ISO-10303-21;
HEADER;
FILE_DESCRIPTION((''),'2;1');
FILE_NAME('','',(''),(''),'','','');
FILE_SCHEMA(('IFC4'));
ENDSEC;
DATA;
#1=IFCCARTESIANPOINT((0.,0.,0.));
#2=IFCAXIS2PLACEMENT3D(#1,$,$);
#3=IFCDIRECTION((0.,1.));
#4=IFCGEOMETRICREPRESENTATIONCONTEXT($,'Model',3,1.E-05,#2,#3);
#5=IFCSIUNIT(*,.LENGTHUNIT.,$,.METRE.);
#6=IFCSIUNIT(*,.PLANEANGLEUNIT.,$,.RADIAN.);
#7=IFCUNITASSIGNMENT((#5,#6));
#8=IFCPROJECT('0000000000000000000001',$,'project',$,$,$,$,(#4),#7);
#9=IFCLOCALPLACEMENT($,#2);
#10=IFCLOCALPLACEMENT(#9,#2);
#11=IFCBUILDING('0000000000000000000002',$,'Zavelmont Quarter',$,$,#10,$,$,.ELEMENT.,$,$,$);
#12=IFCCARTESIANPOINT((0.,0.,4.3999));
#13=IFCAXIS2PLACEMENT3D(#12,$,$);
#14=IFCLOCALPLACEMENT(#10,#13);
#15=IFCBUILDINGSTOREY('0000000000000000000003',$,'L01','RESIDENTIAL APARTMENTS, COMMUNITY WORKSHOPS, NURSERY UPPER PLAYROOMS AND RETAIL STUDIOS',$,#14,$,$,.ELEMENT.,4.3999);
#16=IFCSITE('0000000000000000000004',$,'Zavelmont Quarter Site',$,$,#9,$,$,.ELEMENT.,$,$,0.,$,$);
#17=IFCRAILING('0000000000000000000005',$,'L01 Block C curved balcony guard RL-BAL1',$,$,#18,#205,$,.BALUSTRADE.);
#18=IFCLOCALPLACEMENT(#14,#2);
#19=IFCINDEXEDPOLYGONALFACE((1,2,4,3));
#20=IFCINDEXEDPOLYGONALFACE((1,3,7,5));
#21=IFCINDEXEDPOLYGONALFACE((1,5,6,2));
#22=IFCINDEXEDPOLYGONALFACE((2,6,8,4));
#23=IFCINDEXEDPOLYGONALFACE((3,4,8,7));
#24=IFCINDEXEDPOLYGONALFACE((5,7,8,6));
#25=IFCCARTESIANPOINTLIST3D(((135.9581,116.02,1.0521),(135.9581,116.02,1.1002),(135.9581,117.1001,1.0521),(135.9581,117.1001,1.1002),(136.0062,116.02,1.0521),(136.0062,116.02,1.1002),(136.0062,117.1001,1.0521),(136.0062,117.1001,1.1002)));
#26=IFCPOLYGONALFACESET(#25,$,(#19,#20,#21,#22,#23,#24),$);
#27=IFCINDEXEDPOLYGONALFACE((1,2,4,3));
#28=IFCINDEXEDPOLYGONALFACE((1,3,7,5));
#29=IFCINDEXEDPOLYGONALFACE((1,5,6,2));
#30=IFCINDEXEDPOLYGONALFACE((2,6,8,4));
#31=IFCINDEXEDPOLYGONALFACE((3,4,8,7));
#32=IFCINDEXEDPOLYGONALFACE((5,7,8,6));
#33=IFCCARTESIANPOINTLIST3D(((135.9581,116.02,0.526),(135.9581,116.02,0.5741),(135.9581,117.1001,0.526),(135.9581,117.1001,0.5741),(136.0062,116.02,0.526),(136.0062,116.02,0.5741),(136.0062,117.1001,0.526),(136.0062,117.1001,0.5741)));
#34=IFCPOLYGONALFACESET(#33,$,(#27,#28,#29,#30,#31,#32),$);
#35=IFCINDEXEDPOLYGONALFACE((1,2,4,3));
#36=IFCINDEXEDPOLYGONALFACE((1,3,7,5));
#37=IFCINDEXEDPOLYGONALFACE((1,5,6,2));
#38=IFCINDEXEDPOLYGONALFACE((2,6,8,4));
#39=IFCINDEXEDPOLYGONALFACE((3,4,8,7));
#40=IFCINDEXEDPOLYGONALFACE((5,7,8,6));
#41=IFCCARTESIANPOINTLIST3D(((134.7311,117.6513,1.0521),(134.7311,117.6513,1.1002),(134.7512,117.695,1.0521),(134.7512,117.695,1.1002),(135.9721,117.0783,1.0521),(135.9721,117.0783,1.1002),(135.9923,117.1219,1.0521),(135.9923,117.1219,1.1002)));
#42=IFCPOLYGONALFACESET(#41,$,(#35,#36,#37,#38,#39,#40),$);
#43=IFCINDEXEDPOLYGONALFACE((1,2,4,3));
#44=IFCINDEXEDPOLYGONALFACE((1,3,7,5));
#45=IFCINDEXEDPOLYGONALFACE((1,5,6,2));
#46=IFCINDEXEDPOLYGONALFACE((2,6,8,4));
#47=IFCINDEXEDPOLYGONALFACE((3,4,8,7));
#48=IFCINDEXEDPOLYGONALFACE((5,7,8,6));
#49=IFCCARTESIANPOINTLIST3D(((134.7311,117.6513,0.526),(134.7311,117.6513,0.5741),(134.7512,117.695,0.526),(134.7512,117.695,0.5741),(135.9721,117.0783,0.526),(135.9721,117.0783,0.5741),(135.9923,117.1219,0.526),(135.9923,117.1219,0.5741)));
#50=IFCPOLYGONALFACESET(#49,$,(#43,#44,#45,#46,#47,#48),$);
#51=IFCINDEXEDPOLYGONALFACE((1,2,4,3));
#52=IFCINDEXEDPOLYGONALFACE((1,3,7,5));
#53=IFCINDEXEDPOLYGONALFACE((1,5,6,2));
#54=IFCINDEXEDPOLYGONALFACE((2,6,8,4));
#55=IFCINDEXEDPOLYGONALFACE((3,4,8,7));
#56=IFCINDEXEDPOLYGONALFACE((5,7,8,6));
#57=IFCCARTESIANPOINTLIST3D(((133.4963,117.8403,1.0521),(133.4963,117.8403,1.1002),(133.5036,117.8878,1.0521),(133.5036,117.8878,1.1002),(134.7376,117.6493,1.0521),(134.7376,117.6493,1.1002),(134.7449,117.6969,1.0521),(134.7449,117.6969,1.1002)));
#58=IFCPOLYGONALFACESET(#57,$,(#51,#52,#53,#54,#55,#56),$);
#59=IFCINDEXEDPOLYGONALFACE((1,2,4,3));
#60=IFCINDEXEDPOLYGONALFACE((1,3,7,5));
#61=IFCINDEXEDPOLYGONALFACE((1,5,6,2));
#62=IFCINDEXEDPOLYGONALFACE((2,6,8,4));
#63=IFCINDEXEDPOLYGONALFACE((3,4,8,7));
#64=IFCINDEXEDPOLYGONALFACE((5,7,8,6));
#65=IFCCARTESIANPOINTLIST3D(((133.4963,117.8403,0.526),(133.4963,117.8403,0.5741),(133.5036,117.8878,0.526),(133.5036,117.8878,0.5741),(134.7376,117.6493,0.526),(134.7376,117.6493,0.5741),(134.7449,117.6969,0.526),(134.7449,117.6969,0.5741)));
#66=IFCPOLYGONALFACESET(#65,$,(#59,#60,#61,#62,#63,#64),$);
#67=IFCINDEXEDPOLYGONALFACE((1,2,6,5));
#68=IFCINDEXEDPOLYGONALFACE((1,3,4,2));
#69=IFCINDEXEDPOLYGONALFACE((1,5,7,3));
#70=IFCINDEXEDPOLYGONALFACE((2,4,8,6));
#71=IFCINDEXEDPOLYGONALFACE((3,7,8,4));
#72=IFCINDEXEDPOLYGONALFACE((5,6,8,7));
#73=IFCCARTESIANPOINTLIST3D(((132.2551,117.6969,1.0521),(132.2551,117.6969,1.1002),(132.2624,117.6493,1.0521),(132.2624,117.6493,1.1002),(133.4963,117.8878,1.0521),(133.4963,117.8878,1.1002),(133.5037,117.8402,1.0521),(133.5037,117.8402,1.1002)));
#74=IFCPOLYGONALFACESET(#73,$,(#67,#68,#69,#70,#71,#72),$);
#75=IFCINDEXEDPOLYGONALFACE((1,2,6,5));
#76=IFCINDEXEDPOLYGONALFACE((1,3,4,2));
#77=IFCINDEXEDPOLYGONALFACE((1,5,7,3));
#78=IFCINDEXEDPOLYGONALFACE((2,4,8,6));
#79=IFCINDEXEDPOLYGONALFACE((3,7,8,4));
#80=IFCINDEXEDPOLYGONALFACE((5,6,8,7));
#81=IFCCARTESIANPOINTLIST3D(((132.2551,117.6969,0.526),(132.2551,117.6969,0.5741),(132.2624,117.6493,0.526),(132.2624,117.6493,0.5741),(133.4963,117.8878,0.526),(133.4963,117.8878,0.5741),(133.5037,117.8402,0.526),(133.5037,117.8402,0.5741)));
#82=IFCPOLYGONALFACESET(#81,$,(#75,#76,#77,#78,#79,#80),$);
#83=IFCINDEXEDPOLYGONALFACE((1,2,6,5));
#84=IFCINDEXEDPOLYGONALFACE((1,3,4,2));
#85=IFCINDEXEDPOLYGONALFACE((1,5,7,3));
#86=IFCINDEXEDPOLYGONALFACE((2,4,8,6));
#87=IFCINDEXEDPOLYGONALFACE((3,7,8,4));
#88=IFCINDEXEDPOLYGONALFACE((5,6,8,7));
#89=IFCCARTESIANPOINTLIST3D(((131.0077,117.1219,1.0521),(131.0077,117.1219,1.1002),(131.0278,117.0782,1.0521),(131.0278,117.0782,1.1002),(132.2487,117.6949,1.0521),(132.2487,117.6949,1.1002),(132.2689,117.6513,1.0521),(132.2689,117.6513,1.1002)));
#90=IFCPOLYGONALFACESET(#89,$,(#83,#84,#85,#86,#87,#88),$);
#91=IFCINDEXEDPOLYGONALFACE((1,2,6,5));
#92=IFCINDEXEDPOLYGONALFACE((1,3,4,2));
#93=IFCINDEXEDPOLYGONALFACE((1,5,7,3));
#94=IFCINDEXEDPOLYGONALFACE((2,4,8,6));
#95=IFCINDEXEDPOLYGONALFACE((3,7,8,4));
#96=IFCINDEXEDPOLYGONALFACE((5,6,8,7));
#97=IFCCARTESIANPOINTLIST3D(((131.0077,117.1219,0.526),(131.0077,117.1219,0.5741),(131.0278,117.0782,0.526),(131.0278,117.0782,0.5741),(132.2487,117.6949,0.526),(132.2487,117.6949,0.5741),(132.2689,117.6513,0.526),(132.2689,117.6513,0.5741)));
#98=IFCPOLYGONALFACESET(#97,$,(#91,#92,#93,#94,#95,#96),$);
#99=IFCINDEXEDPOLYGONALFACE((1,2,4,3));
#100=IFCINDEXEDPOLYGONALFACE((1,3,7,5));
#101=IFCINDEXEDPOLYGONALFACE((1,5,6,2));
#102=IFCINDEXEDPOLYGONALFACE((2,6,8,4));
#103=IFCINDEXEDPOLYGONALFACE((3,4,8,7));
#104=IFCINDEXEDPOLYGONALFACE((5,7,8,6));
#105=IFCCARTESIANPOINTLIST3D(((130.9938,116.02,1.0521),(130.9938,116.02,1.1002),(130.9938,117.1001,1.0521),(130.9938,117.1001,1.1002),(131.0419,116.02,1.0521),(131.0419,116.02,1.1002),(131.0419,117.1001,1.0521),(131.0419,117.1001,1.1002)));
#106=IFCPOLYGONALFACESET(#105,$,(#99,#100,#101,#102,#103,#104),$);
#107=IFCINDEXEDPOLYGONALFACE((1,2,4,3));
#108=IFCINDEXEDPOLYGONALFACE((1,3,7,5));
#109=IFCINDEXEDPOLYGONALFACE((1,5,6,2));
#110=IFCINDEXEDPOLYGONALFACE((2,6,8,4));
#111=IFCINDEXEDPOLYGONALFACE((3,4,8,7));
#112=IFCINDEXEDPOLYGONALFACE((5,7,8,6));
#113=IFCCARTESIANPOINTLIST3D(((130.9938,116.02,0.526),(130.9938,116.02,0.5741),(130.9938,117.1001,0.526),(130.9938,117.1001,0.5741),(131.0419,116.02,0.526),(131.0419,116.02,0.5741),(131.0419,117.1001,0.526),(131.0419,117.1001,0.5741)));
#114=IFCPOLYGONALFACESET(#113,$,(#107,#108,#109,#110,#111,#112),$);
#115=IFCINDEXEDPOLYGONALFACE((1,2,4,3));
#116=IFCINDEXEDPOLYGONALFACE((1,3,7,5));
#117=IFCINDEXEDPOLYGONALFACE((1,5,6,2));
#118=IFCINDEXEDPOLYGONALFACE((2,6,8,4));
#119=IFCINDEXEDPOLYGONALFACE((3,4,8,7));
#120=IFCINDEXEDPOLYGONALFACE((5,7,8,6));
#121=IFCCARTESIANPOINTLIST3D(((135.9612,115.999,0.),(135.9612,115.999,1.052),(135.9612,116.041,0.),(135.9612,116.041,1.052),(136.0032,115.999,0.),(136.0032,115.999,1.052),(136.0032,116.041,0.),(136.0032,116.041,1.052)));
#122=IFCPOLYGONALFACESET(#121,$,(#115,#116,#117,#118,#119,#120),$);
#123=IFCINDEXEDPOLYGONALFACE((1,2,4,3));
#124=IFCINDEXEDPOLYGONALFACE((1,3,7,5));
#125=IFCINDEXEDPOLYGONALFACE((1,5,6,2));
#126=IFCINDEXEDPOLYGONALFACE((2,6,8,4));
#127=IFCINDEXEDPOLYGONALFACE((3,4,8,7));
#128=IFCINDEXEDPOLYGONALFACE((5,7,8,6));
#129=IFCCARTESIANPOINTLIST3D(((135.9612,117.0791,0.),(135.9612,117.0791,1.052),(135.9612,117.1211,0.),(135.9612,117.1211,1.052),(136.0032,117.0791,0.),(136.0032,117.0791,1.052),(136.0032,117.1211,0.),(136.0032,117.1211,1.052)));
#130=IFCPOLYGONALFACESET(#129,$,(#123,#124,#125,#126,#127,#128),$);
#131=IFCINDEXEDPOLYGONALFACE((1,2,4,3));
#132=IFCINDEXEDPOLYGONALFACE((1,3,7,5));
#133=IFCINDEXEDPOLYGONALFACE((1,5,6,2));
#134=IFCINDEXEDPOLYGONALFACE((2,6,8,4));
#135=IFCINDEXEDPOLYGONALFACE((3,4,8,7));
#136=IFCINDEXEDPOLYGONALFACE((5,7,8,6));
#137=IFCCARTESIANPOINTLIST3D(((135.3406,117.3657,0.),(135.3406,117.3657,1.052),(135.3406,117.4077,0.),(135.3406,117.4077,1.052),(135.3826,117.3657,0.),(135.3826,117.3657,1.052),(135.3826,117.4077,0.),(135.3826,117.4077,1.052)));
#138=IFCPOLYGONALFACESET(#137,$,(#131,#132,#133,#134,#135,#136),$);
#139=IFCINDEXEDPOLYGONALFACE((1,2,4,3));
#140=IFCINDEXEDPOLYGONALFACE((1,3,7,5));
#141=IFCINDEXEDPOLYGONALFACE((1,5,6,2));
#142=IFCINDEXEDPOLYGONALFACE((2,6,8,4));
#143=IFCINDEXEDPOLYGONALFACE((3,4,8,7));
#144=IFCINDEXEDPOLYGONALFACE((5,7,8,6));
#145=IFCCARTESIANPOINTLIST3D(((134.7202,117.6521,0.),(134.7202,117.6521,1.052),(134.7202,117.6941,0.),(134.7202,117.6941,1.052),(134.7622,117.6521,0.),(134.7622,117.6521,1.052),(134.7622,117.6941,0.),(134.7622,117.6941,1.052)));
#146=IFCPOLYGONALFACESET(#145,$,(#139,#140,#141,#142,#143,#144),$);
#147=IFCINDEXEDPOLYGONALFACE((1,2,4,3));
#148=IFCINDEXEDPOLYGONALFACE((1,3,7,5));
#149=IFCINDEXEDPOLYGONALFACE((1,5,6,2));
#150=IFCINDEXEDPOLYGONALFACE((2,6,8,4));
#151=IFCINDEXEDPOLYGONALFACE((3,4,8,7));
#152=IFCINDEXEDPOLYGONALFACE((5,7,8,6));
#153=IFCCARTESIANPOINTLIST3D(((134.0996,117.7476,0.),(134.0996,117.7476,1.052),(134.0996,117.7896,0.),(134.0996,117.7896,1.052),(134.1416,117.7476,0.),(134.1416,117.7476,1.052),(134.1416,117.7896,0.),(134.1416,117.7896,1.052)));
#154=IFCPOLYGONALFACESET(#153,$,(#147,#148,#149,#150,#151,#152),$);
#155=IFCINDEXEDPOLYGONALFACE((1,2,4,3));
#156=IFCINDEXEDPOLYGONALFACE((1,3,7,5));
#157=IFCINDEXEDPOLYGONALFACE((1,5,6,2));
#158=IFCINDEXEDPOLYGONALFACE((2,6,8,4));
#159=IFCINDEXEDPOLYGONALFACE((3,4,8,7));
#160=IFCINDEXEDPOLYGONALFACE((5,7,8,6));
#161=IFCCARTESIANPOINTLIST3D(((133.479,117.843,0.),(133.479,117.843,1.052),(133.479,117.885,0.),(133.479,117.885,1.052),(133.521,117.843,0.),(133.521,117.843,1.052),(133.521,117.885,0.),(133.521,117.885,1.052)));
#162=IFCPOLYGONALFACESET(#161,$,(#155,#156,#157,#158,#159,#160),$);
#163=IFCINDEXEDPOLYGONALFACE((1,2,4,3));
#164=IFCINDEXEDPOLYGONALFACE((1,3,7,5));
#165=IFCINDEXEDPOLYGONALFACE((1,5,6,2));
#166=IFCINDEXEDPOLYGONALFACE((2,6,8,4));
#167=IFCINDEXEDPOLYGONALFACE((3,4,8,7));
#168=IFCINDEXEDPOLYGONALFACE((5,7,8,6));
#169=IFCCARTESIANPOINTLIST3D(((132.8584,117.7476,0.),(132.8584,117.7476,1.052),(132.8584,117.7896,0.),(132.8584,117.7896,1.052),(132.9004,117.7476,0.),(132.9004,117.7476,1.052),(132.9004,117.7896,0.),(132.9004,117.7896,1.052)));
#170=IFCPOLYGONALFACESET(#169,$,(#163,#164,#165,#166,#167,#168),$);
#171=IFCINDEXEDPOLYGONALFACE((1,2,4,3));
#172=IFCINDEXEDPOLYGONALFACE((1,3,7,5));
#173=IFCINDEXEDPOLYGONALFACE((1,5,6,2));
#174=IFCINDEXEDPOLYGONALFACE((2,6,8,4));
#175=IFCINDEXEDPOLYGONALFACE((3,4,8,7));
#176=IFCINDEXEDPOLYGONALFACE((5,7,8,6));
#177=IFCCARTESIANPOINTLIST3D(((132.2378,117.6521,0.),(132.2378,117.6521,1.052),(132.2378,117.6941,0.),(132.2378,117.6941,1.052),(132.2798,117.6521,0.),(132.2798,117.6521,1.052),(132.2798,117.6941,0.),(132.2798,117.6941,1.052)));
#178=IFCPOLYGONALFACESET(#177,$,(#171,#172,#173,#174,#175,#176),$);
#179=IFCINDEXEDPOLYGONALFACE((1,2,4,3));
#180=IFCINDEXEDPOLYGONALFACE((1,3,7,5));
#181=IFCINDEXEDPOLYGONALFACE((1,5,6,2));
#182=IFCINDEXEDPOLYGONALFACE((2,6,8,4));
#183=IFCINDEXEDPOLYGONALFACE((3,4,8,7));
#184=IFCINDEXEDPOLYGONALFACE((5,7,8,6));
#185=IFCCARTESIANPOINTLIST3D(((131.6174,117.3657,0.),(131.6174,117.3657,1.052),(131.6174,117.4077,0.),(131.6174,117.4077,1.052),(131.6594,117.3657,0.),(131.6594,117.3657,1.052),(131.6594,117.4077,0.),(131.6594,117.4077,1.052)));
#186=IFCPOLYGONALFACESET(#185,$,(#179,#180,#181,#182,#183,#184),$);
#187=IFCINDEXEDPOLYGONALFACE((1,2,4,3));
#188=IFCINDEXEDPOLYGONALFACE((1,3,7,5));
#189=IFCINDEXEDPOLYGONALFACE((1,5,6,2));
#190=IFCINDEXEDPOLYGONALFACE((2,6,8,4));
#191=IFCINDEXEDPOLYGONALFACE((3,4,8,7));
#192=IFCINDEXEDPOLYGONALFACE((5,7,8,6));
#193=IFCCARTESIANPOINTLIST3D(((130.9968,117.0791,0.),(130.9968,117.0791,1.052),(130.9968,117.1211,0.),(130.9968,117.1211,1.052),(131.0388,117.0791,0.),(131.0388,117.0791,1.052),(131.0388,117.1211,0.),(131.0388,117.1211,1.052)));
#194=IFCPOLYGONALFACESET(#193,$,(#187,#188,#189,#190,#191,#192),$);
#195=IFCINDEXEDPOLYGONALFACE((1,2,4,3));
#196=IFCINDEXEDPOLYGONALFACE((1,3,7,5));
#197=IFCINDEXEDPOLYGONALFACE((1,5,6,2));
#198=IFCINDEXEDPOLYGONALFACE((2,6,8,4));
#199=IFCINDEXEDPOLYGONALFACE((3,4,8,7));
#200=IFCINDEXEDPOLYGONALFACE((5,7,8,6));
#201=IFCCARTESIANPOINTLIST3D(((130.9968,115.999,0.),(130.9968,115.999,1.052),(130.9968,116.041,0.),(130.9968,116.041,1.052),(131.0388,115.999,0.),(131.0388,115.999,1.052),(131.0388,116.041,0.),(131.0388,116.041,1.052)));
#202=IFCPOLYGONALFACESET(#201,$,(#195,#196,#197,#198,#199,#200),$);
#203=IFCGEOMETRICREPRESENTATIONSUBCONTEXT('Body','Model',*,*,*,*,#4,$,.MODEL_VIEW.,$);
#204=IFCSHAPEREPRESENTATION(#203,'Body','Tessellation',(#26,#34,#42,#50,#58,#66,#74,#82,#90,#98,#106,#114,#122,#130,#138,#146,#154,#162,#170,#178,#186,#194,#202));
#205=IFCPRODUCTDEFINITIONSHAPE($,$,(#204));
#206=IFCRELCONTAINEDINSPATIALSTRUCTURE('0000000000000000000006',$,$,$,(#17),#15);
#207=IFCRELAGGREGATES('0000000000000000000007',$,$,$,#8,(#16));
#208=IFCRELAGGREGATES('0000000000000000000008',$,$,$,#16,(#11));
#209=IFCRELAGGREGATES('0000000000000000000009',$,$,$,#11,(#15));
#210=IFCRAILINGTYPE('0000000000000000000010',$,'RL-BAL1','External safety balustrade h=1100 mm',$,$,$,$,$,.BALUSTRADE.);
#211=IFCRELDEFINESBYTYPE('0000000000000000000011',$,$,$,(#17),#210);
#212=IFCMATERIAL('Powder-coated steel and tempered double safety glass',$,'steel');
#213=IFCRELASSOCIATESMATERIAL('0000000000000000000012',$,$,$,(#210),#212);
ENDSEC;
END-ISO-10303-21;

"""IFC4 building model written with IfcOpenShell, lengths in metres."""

from ifc_helpers import new_model, si_unit, direction, frame, origin, origin_2d, place, context, subcontext, project, spatial, rectangle, extrude, material, type_object, element, save


model = new_model("IFC4")

# Units and contexts
model_context = context("Model", 3, precision=1e-05, world=origin(), true_north=direction((0.0, 1.0)))
body_context = subcontext(model_context, "Body", "Model", "MODEL_VIEW")
ifc_project = project(units=[si_unit("LENGTHUNIT", "METRE"), si_unit("PLANEANGLEUNIT", "RADIAN")], contexts=[model_context])

# Site, building, storey
site_placement = place(None, origin())
site = spatial("IfcSite", under=ifc_project, at=site_placement, Name="Zavelmont Quarter Site", CompositionType="ELEMENT", RefElevation=0.0)
building_placement = place(site_placement, origin())
building = spatial("IfcBuilding", under=site, at=building_placement, Name="Zavelmont Quarter", CompositionType="ELEMENT")
storey_placement = place(building_placement, frame((0.0, 0.0, 4.3999)))
storey = spatial("IfcBuildingStorey", under=building, at=storey_placement, Name="L01", Description="RESIDENTIAL APARTMENTS, COMMUNITY WORKSHOPS, NURSERY UPPER PLAYROOMS AND RETAIL STUDIOS", CompositionType="ELEMENT", Elevation=4.3999)

# Railing
ifc_material_1 = material(Name="Powder-coated steel and tempered double safety glass", Category="steel")
railing_type = type_object("IfcRailingType", Name="RL-BAL1", Description="External safety balustrade h=1100 mm", PredefinedType="BALUSTRADE", material=ifc_material_1)
railing_placement = place(storey_placement, frame((135.9822, 116.02, 0.0)))
element("IfcRailing", 1, at=railing_placement, inside=storey, type_object=railing_type, Name="L01 Block C curved balcony guard RL-BAL1", PredefinedType="BALUSTRADE", context=body_context, shape_type="SweptSolid", body=[
    extrude(rectangle(XDim=0.0481, YDim=0.0481, at=origin_2d()), frame((0.0, 0.0, 1.0762), z_axis=(0.0, 1.0, 0.0), x_axis=(-1.0, 0.0, 0.0)), (0.0, 0.0, 1.0), 1.0801),
    extrude(rectangle(XDim=0.0481, YDim=0.0481, at=origin_2d()), frame((0.0, 0.0, 0.55), z_axis=(0.0, 1.0, 0.0), x_axis=(-1.0, 0.0, 0.0)), (0.0, 0.0, 1.0), 1.0801),
    extrude(rectangle(XDim=0.0481, YDim=0.0481, at=origin_2d()), frame((0.0, 1.0801, 1.0762), z_axis=(-0.907891, 0.419205, 0.0), x_axis=(-0.419205, -0.907891, 0.0)), (0.0, 0.0, 1.0), 1.3669),
    extrude(rectangle(XDim=0.0481, YDim=0.0481, at=origin_2d()), frame((0.0, 1.0801, 0.55), z_axis=(-0.907891, 0.419205, 0.0), x_axis=(-0.419205, -0.907891, 0.0)), (0.0, 0.0, 1.0), 1.3669),
    extrude(rectangle(XDim=0.0481, YDim=0.0481, at=origin_2d()), frame((-1.241, 1.6531, 1.0762), z_axis=(-0.988376, 0.152028, 0.0), x_axis=(-0.152028, -0.988376, 0.0)), (0.0, 0.0, 1.0), 1.2559),
    extrude(rectangle(XDim=0.0481, YDim=0.0481, at=origin_2d()), frame((-1.241, 1.6531, 0.55), z_axis=(-0.988376, 0.152028, 0.0), x_axis=(-0.152028, -0.988376, 0.0)), (0.0, 0.0, 1.0), 1.2559),
    extrude(rectangle(XDim=0.0481, YDim=0.0481, at=origin_2d()), frame((-2.4822, 1.844, 1.0762), z_axis=(-0.988376, -0.152028, 0.0), x_axis=(0.152028, -0.988376, 0.0)), (0.0, 0.0, 1.0), 1.2559),
    extrude(rectangle(XDim=0.0481, YDim=0.0481, at=origin_2d()), frame((-2.4822, 1.844, 0.55), z_axis=(-0.988376, -0.152028, 0.0), x_axis=(0.152028, -0.988376, 0.0)), (0.0, 0.0, 1.0), 1.2559),
    extrude(rectangle(XDim=0.0481, YDim=0.0481, at=origin_2d()), frame((-3.7234, 1.6531, 1.0762), z_axis=(-0.907891, -0.419205, 0.0), x_axis=(0.419205, -0.907891, 0.0)), (0.0, 0.0, 1.0), 1.3669),
    extrude(rectangle(XDim=0.0481, YDim=0.0481, at=origin_2d()), frame((-3.7234, 1.6531, 0.55), z_axis=(-0.907891, -0.419205, 0.0), x_axis=(0.419205, -0.907891, 0.0)), (0.0, 0.0, 1.0), 1.3669),
    extrude(rectangle(XDim=0.0481, YDim=0.0481, at=origin_2d()), frame((-4.9644, 1.0801, 1.0762), z_axis=(0.0, -1.0, 0.0), x_axis=(1.0, 0.0, 0.0)), (0.0, 0.0, 1.0), 1.0801),
    extrude(rectangle(XDim=0.0481, YDim=0.0481, at=origin_2d()), frame((-4.9644, 1.0801, 0.55), z_axis=(0.0, -1.0, 0.0), x_axis=(1.0, 0.0, 0.0)), (0.0, 0.0, 1.0), 1.0801),
    extrude(rectangle(XDim=0.042, YDim=0.042, at=origin_2d()), origin(), (0.0, 0.0, 1.0), 1.052),
    extrude(rectangle(XDim=0.042, YDim=0.042, at=origin_2d()), frame((0.0, 1.0801, 0.0)), (0.0, 0.0, 1.0), 1.052),
    extrude(rectangle(XDim=0.042, YDim=0.042, at=origin_2d()), frame((-0.6206, 1.3667, 0.0)), (0.0, 0.0, 1.0), 1.052),
    extrude(rectangle(XDim=0.042, YDim=0.042, at=origin_2d()), frame((-1.241, 1.6531, 0.0)), (0.0, 0.0, 1.0), 1.052),
    extrude(rectangle(XDim=0.042, YDim=0.042, at=origin_2d()), frame((-1.8616, 1.7485, 0.0)), (0.0, 0.0, 1.0), 1.052),
    extrude(rectangle(XDim=0.042, YDim=0.042, at=origin_2d()), frame((-2.4822, 1.844, 0.0)), (0.0, 0.0, 1.0), 1.052),
    extrude(rectangle(XDim=0.042, YDim=0.042, at=origin_2d()), frame((-3.1028, 1.7485, 0.0)), (0.0, 0.0, 1.0), 1.052),
    extrude(rectangle(XDim=0.042, YDim=0.042, at=origin_2d()), frame((-3.7234, 1.6531, 0.0)), (0.0, 0.0, 1.0), 1.052),
    extrude(rectangle(XDim=0.042, YDim=0.042, at=origin_2d()), frame((-4.3438, 1.3667, 0.0)), (0.0, 0.0, 1.0), 1.052),
    extrude(rectangle(XDim=0.042, YDim=0.042, at=origin_2d()), frame((-4.9644, 1.0801, 0.0)), (0.0, 0.0, 1.0), 1.052),
    extrude(rectangle(XDim=0.042, YDim=0.042, at=origin_2d()), frame((-4.9644, 0.0, 0.0)), (0.0, 0.0, 1.0), 1.052),
])

save(model, "model.ifc")
